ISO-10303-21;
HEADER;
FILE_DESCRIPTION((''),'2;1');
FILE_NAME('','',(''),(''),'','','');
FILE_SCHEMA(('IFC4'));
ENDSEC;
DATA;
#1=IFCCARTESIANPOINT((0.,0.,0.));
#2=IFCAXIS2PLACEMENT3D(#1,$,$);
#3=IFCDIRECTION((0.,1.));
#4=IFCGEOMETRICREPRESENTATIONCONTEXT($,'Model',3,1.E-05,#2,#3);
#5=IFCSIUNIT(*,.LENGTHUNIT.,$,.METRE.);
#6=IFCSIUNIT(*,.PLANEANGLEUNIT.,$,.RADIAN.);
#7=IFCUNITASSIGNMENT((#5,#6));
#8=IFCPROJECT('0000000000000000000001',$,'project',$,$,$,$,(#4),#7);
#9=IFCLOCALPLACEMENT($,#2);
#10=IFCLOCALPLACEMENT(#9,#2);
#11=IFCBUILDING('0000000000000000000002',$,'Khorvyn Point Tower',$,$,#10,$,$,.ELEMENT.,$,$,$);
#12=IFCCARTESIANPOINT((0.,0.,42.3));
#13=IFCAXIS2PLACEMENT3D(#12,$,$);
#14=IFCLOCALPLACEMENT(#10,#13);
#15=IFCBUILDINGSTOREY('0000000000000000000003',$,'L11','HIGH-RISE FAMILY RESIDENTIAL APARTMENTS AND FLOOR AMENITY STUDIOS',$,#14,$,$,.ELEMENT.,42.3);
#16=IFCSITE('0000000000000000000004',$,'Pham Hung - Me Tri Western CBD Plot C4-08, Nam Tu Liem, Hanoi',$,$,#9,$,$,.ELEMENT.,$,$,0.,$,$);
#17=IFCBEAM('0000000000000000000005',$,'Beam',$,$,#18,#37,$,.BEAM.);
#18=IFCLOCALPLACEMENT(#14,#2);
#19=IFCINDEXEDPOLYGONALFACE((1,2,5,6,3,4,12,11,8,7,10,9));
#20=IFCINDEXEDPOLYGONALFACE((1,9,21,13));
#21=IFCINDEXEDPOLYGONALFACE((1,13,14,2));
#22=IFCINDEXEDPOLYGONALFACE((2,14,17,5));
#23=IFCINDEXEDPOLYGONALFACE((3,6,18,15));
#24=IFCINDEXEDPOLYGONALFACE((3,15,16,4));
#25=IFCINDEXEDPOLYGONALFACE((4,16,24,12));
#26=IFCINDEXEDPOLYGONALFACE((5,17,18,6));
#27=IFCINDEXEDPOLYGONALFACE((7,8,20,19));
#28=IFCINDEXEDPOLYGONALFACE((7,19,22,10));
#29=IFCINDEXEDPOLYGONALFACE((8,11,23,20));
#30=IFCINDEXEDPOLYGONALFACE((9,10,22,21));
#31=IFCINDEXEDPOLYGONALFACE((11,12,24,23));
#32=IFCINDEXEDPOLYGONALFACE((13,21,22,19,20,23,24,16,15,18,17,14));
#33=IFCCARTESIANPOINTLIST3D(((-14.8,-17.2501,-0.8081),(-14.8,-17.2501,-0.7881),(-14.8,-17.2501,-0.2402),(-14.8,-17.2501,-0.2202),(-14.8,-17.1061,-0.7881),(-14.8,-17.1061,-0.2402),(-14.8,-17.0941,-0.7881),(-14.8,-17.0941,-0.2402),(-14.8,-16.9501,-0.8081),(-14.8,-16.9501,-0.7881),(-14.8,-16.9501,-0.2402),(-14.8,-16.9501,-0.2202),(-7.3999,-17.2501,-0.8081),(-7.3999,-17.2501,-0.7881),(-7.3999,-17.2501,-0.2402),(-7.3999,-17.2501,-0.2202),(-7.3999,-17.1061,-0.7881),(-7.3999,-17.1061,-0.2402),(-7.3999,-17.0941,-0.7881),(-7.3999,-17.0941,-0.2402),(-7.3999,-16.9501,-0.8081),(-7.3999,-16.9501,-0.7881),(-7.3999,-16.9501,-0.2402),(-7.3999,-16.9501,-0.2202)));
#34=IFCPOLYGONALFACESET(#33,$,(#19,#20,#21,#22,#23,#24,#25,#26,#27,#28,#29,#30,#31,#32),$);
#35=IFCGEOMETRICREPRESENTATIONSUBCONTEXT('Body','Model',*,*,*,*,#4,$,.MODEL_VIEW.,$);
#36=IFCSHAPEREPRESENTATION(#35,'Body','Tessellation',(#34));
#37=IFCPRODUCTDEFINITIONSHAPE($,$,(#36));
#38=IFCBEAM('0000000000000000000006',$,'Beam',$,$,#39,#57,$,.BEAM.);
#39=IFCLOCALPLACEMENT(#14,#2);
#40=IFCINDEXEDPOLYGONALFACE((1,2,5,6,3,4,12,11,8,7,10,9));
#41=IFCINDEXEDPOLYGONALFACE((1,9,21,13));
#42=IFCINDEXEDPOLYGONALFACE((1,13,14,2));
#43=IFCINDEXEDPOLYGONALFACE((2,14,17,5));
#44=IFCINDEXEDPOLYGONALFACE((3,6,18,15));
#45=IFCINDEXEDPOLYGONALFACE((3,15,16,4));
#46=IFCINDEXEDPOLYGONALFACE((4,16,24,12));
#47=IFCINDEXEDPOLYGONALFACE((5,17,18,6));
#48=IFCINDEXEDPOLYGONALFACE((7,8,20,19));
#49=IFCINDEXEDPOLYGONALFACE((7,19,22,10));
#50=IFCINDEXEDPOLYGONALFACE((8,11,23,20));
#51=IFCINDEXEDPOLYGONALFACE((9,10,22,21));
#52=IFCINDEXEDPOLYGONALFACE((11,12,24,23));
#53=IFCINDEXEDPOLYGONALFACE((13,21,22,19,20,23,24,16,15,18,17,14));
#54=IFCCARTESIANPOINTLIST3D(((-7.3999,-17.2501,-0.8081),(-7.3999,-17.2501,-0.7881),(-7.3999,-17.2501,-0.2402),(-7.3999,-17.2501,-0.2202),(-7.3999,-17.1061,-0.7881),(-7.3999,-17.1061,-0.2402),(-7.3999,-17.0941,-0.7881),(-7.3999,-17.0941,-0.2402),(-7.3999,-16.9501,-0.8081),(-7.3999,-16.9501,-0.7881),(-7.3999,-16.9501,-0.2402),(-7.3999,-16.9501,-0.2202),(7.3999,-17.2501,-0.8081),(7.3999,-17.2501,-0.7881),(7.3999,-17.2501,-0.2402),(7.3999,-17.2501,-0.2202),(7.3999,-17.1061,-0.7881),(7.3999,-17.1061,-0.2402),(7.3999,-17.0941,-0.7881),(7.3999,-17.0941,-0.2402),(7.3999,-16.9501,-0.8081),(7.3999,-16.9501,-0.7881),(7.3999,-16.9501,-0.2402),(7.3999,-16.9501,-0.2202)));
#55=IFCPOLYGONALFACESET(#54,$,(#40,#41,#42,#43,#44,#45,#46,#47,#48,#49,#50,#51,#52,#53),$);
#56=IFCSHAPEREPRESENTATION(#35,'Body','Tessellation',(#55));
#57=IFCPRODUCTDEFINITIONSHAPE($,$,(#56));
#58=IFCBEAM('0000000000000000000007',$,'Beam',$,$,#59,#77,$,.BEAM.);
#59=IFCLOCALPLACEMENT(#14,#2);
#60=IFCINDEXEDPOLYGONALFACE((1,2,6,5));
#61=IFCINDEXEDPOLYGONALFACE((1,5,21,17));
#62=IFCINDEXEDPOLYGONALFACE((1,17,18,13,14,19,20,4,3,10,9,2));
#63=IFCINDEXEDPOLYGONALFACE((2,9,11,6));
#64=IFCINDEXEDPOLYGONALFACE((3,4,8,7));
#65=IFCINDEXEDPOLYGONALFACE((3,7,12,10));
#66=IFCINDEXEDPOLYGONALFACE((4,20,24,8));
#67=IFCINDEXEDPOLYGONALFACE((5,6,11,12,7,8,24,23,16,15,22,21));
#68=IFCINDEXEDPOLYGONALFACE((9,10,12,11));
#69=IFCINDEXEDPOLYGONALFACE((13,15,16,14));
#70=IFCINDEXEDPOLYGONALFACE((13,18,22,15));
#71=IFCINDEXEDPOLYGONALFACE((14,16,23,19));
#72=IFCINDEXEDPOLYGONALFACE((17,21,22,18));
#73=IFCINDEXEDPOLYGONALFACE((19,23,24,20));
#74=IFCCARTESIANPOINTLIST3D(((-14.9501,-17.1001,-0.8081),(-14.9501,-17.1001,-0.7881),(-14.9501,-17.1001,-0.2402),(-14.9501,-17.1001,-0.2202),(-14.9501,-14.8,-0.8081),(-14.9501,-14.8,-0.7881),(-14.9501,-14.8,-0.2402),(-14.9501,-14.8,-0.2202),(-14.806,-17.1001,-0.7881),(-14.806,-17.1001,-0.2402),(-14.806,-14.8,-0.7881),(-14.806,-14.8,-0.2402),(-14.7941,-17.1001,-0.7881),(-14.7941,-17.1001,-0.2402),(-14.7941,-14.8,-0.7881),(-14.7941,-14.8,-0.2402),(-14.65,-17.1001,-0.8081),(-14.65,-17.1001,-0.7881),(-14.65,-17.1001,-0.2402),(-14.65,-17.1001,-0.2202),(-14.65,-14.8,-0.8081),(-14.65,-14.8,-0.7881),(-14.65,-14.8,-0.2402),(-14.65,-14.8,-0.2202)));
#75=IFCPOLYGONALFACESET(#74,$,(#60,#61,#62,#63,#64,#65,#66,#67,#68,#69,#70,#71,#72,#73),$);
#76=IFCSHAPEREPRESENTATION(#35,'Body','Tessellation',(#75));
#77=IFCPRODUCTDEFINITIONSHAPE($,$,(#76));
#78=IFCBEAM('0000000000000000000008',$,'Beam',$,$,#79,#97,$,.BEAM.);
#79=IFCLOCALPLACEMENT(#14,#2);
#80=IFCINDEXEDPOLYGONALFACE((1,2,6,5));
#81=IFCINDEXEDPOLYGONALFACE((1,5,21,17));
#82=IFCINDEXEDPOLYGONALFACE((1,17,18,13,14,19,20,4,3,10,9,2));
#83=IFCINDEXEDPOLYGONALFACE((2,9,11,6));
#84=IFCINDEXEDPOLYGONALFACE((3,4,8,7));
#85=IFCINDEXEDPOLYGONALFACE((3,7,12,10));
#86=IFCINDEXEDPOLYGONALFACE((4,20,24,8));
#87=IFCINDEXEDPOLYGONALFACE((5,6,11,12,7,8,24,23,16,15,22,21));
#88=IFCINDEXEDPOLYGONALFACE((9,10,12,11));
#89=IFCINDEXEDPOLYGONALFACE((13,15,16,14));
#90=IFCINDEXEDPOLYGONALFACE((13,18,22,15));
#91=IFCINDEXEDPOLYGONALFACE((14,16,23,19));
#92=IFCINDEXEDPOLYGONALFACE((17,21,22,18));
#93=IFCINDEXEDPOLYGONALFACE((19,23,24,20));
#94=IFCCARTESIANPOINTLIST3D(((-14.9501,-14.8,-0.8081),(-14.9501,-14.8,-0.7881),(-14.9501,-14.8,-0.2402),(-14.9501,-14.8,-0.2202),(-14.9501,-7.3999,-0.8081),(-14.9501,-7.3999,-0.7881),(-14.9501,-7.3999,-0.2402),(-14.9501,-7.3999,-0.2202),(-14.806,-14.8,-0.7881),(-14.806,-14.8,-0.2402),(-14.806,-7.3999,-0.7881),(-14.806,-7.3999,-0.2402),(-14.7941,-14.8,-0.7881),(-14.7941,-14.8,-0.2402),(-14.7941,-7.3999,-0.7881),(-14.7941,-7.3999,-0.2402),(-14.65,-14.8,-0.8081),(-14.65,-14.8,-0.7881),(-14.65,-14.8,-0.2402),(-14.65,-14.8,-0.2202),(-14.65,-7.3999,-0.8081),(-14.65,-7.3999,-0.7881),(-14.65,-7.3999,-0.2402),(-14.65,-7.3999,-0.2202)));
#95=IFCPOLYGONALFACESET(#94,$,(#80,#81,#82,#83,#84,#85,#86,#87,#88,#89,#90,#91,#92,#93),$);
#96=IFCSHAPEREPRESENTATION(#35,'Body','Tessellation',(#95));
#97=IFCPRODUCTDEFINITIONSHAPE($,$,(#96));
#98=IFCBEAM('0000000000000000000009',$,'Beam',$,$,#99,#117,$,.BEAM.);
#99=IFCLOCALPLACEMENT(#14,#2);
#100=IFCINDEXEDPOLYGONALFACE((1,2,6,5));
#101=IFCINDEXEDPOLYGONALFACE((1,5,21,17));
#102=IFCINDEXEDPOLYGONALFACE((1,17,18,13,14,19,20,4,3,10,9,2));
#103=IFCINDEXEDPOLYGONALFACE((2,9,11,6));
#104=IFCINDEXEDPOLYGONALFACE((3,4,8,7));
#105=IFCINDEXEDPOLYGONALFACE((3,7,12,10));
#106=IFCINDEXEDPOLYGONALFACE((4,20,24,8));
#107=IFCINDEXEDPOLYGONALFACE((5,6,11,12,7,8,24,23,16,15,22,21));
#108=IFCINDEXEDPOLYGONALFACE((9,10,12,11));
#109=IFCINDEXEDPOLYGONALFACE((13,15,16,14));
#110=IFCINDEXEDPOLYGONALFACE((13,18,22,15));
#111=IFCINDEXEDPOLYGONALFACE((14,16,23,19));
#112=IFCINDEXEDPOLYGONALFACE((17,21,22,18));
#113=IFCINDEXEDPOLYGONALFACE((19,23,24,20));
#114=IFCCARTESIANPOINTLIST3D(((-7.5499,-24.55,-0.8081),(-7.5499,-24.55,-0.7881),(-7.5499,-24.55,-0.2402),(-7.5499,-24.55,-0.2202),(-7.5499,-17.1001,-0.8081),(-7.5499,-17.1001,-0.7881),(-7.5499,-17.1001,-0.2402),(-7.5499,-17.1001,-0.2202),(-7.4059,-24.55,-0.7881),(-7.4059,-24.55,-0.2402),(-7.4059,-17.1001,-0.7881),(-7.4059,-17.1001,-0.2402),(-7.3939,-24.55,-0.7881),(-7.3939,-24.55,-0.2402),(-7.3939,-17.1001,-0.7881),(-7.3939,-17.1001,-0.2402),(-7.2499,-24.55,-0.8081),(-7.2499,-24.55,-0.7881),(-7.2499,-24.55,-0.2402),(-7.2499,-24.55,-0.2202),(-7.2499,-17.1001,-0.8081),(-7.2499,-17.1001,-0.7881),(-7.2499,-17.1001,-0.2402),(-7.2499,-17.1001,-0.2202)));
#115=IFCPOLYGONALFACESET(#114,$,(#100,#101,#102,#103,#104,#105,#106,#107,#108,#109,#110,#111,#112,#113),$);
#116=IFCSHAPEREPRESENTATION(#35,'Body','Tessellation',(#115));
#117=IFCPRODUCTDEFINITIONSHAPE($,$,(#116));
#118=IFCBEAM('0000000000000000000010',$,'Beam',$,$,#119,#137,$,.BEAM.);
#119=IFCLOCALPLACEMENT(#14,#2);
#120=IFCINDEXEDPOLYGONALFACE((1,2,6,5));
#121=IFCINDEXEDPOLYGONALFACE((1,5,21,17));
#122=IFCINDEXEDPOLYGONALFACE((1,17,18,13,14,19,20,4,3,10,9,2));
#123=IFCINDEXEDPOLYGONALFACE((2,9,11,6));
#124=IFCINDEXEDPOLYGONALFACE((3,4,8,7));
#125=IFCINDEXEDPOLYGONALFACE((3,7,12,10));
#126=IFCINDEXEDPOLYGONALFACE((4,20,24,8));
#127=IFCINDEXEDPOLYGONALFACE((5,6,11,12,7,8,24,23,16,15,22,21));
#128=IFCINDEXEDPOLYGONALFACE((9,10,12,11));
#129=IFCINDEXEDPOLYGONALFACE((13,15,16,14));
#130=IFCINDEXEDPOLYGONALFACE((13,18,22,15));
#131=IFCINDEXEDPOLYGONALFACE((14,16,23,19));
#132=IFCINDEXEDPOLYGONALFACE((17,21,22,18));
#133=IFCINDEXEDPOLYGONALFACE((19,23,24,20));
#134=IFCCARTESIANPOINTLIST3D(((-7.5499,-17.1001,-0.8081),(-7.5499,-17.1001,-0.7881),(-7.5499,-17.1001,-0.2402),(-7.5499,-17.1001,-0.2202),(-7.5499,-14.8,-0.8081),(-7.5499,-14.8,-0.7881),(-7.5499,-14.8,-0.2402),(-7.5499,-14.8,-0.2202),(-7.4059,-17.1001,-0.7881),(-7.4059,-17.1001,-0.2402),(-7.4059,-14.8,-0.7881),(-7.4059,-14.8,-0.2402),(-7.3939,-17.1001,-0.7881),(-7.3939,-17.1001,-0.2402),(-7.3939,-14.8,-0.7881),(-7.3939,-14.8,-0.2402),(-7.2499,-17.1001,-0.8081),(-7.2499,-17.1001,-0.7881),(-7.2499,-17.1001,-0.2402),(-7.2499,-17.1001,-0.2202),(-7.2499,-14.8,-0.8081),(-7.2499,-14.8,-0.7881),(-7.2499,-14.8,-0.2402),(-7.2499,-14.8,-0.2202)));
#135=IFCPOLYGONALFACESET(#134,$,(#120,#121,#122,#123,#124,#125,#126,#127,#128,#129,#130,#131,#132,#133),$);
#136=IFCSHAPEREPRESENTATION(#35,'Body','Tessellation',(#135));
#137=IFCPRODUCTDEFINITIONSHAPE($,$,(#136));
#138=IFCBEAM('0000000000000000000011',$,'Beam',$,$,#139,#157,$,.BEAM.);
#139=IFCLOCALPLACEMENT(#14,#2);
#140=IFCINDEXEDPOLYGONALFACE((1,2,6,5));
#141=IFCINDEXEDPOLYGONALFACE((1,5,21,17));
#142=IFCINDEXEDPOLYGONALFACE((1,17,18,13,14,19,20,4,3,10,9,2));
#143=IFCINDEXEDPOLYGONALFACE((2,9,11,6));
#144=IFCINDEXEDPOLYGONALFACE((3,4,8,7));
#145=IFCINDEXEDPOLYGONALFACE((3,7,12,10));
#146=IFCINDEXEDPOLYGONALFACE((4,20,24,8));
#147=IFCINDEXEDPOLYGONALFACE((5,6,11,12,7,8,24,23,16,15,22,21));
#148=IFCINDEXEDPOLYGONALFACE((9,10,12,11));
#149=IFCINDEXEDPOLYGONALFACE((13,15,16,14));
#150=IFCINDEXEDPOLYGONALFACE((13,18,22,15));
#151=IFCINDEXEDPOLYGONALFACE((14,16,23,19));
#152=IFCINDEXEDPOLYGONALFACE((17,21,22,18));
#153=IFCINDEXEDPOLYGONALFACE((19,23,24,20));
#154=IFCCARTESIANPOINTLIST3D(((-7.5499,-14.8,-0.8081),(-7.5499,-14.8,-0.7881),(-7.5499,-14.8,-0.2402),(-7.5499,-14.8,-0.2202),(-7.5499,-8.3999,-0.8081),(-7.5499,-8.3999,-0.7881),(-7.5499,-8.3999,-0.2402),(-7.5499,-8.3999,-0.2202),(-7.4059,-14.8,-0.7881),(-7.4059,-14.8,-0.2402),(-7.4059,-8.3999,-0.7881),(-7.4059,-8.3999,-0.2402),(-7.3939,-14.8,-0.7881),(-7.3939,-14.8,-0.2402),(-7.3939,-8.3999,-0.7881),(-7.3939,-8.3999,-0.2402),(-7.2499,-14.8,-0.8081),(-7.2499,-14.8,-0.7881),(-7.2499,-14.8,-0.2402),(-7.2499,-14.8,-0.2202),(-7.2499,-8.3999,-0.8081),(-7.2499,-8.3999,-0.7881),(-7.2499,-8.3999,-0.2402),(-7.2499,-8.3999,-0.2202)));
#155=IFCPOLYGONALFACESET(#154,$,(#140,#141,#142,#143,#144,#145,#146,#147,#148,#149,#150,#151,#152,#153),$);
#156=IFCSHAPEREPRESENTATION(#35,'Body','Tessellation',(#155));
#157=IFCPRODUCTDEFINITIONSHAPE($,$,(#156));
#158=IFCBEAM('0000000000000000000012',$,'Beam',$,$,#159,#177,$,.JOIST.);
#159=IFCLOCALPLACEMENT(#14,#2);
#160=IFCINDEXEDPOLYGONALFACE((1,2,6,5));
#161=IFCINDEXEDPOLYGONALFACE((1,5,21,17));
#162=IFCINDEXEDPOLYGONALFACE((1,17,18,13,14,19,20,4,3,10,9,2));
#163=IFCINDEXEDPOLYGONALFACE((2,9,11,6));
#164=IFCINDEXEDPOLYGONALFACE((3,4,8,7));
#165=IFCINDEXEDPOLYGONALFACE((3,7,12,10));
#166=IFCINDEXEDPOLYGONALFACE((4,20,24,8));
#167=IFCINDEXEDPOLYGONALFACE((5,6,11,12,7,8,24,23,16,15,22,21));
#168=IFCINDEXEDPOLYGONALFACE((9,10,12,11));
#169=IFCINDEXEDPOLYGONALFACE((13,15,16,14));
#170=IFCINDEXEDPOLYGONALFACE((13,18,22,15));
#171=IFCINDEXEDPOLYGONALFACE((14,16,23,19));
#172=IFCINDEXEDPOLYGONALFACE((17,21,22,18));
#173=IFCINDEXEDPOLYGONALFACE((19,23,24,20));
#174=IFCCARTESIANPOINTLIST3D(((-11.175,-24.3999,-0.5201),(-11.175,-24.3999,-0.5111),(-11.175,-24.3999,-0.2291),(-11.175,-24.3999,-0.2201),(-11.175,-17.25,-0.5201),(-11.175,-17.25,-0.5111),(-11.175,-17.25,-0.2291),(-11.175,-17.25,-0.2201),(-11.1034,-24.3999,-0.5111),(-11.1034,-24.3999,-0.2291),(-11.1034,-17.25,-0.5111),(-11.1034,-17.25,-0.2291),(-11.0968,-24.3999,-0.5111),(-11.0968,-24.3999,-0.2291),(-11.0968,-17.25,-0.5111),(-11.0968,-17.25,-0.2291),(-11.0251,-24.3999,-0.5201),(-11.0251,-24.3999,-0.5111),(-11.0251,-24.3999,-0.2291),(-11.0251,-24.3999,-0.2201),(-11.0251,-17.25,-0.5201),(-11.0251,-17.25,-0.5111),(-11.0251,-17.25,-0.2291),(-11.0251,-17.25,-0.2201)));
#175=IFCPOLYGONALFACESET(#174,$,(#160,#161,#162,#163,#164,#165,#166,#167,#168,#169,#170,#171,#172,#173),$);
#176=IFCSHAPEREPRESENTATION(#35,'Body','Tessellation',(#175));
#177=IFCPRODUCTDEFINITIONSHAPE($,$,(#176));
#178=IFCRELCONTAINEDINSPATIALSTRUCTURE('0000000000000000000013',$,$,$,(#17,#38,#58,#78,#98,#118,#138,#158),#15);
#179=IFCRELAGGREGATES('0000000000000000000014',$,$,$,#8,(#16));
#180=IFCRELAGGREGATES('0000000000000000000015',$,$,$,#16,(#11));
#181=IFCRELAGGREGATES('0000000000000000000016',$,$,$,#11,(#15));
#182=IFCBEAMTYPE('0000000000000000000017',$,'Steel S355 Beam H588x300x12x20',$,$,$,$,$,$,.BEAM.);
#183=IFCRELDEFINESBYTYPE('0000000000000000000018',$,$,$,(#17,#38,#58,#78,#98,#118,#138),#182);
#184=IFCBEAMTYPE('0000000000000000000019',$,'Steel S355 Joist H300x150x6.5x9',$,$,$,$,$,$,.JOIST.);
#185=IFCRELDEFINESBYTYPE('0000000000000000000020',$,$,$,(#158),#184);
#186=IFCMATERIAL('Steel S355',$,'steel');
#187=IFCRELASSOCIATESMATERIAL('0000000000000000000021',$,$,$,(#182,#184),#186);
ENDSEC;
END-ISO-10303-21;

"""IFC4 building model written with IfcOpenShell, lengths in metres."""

from ifc_helpers import new_model, si_unit, direction, frame, origin, origin_2d, place, context, subcontext, project, spatial, i_section, extrude, material, material_profile, profile_set, type_object, element, save


model = new_model("IFC4")

# Units and contexts
model_context = context("Model", 3, precision=1e-05, world=origin(), true_north=direction((0.0, 1.0)))
body_context = subcontext(model_context, "Body", "Model", "MODEL_VIEW")
ifc_project = project(units=[si_unit("LENGTHUNIT", "METRE"), si_unit("PLANEANGLEUNIT", "RADIAN")], contexts=[model_context])

# Site, building, storey
site_placement = place(None, origin())
site = spatial("IfcSite", under=ifc_project, at=site_placement, Name="Pham Hung - Me Tri Western CBD Plot C4-08, Nam Tu Liem, Hanoi", CompositionType="ELEMENT", RefElevation=0.0)
building_placement = place(site_placement, origin())
building = spatial("IfcBuilding", under=site, at=building_placement, Name="Khorvyn Point Tower", CompositionType="ELEMENT")
storey_placement = place(building_placement, frame((0.0, 0.0, 42.3)))
storey = spatial("IfcBuildingStorey", under=building, at=storey_placement, Name="L11", Description="HIGH-RISE FAMILY RESIDENTIAL APARTMENTS AND FLOOR AMENITY STUDIOS", CompositionType="ELEMENT", Elevation=42.3)

# Beams
ifc_material_1 = material(Name="Steel S355", Category="steel")
ifc_material_profile_1 = material_profile(ifc_material_1, i_section(OverallWidth=0.3, OverallDepth=0.5879, WebThickness=0.012, FlangeThickness=0.02, at=origin_2d()))
ifc_profile_set_1 = profile_set([ifc_material_profile_1], Name="Steel S355 H588x300x12x20")
beam_type_1 = type_object("IfcBeamType", Name="Steel S355 Beam H588x300x12x20", PredefinedType="BEAM", material=ifc_profile_set_1)
beam_1_placement = place(storey_placement, frame((-14.8, -17.1001, -0.5142), z_axis=(1.0, 0.0, 0.0), x_axis=(0.0, 1.0, 0.0)))
element("IfcBeam", 1, at=beam_1_placement, inside=storey, type_object=beam_type_1, Name="Beam", PredefinedType="BEAM", context=body_context, shape_type="SweptSolid", body=[
    extrude(i_section(OverallWidth=0.3, OverallDepth=0.5879, WebThickness=0.012, FlangeThickness=0.02, at=origin_2d()), origin(), (0.0, 0.0, 1.0), 7.4001),
])
beam_2_placement = place(storey_placement, frame((-7.3999, -17.1001, -0.5142), z_axis=(1.0, 0.0, 0.0), x_axis=(0.0, 1.0, 0.0)))
element("IfcBeam", 2, at=beam_2_placement, inside=storey, type_object=beam_type_1, Name="Beam", PredefinedType="BEAM", context=body_context, shape_type="SweptSolid", body=[
    extrude(i_section(OverallWidth=0.3, OverallDepth=0.5879, WebThickness=0.012, FlangeThickness=0.02, at=origin_2d()), origin(), (0.0, 0.0, 1.0), 14.7998),
])
beam_3_placement = place(storey_placement, frame((-14.8, -17.1001, -0.5142), z_axis=(0.0, 1.0, 0.0), x_axis=(-1.0, 0.0, 0.0)))
element("IfcBeam", 3, at=beam_3_placement, inside=storey, type_object=beam_type_1, Name="Beam", PredefinedType="BEAM", context=body_context, shape_type="SweptSolid", body=[
    extrude(i_section(OverallWidth=0.3, OverallDepth=0.5879, WebThickness=0.012, FlangeThickness=0.02, at=origin_2d()), origin(), (0.0, 0.0, 1.0), 2.3),
])
beam_4_placement = place(storey_placement, frame((-14.8, -14.8, -0.5142), z_axis=(0.0, 1.0, 0.0), x_axis=(-1.0, 0.0, 0.0)))
element("IfcBeam", 4, at=beam_4_placement, inside=storey, type_object=beam_type_1, Name="Beam", PredefinedType="BEAM", context=body_context, shape_type="SweptSolid", body=[
    extrude(i_section(OverallWidth=0.3, OverallDepth=0.5879, WebThickness=0.012, FlangeThickness=0.02, at=origin_2d()), origin(), (0.0, 0.0, 1.0), 7.4001),
])
beam_5_placement = place(storey_placement, frame((-7.3999, -24.55, -0.5142), z_axis=(0.0, 1.0, 0.0), x_axis=(-1.0, 0.0, 0.0)))
element("IfcBeam", 5, at=beam_5_placement, inside=storey, type_object=beam_type_1, Name="Beam", PredefinedType="BEAM", context=body_context, shape_type="SweptSolid", body=[
    extrude(i_section(OverallWidth=0.3, OverallDepth=0.5879, WebThickness=0.012, FlangeThickness=0.02, at=origin_2d()), origin(), (0.0, 0.0, 1.0), 7.45),
])
beam_6_placement = place(storey_placement, frame((-7.3999, -17.1001, -0.5142), z_axis=(0.0, 1.0, 0.0), x_axis=(-1.0, 0.0, 0.0)))
element("IfcBeam", 6, at=beam_6_placement, inside=storey, type_object=beam_type_1, Name="Beam", PredefinedType="BEAM", context=body_context, shape_type="SweptSolid", body=[
    extrude(i_section(OverallWidth=0.3, OverallDepth=0.5879, WebThickness=0.012, FlangeThickness=0.02, at=origin_2d()), origin(), (0.0, 0.0, 1.0), 2.3),
])
beam_7_placement = place(storey_placement, frame((-7.3999, -14.8, -0.5142), z_axis=(0.0, 1.0, 0.0), x_axis=(-1.0, 0.0, 0.0)))
element("IfcBeam", 7, at=beam_7_placement, inside=storey, type_object=beam_type_1, Name="Beam", PredefinedType="BEAM", context=body_context, shape_type="SweptSolid", body=[
    extrude(i_section(OverallWidth=0.3, OverallDepth=0.5879, WebThickness=0.012, FlangeThickness=0.02, at=origin_2d()), origin(), (0.0, 0.0, 1.0), 6.4001),
])
ifc_material_profile_2 = material_profile(ifc_material_1, i_section(OverallWidth=0.1499, OverallDepth=0.3, WebThickness=0.0066, FlangeThickness=0.009, at=origin_2d()))
ifc_profile_set_2 = profile_set([ifc_material_profile_2], Name="Steel S355 H300x150x6.5x9")
beam_type_2 = type_object("IfcBeamType", Name="Steel S355 Joist H300x150x6.5x9", PredefinedType="JOIST", material=ifc_profile_set_2)
beam_8_placement = place(storey_placement, frame((-11.1001, -24.3999, -0.3701), z_axis=(0.0, 1.0, 0.0), x_axis=(-1.0, 0.0, 0.0)))
element("IfcBeam", 8, at=beam_8_placement, inside=storey, type_object=beam_type_2, Name="Beam", PredefinedType="JOIST", context=body_context, shape_type="SweptSolid", body=[
    extrude(i_section(OverallWidth=0.1499, OverallDepth=0.3, WebThickness=0.0066, FlangeThickness=0.009, at=origin_2d()), origin(), (0.0, 0.0, 1.0), 7.1499),
])

save(model, "model.ifc")
